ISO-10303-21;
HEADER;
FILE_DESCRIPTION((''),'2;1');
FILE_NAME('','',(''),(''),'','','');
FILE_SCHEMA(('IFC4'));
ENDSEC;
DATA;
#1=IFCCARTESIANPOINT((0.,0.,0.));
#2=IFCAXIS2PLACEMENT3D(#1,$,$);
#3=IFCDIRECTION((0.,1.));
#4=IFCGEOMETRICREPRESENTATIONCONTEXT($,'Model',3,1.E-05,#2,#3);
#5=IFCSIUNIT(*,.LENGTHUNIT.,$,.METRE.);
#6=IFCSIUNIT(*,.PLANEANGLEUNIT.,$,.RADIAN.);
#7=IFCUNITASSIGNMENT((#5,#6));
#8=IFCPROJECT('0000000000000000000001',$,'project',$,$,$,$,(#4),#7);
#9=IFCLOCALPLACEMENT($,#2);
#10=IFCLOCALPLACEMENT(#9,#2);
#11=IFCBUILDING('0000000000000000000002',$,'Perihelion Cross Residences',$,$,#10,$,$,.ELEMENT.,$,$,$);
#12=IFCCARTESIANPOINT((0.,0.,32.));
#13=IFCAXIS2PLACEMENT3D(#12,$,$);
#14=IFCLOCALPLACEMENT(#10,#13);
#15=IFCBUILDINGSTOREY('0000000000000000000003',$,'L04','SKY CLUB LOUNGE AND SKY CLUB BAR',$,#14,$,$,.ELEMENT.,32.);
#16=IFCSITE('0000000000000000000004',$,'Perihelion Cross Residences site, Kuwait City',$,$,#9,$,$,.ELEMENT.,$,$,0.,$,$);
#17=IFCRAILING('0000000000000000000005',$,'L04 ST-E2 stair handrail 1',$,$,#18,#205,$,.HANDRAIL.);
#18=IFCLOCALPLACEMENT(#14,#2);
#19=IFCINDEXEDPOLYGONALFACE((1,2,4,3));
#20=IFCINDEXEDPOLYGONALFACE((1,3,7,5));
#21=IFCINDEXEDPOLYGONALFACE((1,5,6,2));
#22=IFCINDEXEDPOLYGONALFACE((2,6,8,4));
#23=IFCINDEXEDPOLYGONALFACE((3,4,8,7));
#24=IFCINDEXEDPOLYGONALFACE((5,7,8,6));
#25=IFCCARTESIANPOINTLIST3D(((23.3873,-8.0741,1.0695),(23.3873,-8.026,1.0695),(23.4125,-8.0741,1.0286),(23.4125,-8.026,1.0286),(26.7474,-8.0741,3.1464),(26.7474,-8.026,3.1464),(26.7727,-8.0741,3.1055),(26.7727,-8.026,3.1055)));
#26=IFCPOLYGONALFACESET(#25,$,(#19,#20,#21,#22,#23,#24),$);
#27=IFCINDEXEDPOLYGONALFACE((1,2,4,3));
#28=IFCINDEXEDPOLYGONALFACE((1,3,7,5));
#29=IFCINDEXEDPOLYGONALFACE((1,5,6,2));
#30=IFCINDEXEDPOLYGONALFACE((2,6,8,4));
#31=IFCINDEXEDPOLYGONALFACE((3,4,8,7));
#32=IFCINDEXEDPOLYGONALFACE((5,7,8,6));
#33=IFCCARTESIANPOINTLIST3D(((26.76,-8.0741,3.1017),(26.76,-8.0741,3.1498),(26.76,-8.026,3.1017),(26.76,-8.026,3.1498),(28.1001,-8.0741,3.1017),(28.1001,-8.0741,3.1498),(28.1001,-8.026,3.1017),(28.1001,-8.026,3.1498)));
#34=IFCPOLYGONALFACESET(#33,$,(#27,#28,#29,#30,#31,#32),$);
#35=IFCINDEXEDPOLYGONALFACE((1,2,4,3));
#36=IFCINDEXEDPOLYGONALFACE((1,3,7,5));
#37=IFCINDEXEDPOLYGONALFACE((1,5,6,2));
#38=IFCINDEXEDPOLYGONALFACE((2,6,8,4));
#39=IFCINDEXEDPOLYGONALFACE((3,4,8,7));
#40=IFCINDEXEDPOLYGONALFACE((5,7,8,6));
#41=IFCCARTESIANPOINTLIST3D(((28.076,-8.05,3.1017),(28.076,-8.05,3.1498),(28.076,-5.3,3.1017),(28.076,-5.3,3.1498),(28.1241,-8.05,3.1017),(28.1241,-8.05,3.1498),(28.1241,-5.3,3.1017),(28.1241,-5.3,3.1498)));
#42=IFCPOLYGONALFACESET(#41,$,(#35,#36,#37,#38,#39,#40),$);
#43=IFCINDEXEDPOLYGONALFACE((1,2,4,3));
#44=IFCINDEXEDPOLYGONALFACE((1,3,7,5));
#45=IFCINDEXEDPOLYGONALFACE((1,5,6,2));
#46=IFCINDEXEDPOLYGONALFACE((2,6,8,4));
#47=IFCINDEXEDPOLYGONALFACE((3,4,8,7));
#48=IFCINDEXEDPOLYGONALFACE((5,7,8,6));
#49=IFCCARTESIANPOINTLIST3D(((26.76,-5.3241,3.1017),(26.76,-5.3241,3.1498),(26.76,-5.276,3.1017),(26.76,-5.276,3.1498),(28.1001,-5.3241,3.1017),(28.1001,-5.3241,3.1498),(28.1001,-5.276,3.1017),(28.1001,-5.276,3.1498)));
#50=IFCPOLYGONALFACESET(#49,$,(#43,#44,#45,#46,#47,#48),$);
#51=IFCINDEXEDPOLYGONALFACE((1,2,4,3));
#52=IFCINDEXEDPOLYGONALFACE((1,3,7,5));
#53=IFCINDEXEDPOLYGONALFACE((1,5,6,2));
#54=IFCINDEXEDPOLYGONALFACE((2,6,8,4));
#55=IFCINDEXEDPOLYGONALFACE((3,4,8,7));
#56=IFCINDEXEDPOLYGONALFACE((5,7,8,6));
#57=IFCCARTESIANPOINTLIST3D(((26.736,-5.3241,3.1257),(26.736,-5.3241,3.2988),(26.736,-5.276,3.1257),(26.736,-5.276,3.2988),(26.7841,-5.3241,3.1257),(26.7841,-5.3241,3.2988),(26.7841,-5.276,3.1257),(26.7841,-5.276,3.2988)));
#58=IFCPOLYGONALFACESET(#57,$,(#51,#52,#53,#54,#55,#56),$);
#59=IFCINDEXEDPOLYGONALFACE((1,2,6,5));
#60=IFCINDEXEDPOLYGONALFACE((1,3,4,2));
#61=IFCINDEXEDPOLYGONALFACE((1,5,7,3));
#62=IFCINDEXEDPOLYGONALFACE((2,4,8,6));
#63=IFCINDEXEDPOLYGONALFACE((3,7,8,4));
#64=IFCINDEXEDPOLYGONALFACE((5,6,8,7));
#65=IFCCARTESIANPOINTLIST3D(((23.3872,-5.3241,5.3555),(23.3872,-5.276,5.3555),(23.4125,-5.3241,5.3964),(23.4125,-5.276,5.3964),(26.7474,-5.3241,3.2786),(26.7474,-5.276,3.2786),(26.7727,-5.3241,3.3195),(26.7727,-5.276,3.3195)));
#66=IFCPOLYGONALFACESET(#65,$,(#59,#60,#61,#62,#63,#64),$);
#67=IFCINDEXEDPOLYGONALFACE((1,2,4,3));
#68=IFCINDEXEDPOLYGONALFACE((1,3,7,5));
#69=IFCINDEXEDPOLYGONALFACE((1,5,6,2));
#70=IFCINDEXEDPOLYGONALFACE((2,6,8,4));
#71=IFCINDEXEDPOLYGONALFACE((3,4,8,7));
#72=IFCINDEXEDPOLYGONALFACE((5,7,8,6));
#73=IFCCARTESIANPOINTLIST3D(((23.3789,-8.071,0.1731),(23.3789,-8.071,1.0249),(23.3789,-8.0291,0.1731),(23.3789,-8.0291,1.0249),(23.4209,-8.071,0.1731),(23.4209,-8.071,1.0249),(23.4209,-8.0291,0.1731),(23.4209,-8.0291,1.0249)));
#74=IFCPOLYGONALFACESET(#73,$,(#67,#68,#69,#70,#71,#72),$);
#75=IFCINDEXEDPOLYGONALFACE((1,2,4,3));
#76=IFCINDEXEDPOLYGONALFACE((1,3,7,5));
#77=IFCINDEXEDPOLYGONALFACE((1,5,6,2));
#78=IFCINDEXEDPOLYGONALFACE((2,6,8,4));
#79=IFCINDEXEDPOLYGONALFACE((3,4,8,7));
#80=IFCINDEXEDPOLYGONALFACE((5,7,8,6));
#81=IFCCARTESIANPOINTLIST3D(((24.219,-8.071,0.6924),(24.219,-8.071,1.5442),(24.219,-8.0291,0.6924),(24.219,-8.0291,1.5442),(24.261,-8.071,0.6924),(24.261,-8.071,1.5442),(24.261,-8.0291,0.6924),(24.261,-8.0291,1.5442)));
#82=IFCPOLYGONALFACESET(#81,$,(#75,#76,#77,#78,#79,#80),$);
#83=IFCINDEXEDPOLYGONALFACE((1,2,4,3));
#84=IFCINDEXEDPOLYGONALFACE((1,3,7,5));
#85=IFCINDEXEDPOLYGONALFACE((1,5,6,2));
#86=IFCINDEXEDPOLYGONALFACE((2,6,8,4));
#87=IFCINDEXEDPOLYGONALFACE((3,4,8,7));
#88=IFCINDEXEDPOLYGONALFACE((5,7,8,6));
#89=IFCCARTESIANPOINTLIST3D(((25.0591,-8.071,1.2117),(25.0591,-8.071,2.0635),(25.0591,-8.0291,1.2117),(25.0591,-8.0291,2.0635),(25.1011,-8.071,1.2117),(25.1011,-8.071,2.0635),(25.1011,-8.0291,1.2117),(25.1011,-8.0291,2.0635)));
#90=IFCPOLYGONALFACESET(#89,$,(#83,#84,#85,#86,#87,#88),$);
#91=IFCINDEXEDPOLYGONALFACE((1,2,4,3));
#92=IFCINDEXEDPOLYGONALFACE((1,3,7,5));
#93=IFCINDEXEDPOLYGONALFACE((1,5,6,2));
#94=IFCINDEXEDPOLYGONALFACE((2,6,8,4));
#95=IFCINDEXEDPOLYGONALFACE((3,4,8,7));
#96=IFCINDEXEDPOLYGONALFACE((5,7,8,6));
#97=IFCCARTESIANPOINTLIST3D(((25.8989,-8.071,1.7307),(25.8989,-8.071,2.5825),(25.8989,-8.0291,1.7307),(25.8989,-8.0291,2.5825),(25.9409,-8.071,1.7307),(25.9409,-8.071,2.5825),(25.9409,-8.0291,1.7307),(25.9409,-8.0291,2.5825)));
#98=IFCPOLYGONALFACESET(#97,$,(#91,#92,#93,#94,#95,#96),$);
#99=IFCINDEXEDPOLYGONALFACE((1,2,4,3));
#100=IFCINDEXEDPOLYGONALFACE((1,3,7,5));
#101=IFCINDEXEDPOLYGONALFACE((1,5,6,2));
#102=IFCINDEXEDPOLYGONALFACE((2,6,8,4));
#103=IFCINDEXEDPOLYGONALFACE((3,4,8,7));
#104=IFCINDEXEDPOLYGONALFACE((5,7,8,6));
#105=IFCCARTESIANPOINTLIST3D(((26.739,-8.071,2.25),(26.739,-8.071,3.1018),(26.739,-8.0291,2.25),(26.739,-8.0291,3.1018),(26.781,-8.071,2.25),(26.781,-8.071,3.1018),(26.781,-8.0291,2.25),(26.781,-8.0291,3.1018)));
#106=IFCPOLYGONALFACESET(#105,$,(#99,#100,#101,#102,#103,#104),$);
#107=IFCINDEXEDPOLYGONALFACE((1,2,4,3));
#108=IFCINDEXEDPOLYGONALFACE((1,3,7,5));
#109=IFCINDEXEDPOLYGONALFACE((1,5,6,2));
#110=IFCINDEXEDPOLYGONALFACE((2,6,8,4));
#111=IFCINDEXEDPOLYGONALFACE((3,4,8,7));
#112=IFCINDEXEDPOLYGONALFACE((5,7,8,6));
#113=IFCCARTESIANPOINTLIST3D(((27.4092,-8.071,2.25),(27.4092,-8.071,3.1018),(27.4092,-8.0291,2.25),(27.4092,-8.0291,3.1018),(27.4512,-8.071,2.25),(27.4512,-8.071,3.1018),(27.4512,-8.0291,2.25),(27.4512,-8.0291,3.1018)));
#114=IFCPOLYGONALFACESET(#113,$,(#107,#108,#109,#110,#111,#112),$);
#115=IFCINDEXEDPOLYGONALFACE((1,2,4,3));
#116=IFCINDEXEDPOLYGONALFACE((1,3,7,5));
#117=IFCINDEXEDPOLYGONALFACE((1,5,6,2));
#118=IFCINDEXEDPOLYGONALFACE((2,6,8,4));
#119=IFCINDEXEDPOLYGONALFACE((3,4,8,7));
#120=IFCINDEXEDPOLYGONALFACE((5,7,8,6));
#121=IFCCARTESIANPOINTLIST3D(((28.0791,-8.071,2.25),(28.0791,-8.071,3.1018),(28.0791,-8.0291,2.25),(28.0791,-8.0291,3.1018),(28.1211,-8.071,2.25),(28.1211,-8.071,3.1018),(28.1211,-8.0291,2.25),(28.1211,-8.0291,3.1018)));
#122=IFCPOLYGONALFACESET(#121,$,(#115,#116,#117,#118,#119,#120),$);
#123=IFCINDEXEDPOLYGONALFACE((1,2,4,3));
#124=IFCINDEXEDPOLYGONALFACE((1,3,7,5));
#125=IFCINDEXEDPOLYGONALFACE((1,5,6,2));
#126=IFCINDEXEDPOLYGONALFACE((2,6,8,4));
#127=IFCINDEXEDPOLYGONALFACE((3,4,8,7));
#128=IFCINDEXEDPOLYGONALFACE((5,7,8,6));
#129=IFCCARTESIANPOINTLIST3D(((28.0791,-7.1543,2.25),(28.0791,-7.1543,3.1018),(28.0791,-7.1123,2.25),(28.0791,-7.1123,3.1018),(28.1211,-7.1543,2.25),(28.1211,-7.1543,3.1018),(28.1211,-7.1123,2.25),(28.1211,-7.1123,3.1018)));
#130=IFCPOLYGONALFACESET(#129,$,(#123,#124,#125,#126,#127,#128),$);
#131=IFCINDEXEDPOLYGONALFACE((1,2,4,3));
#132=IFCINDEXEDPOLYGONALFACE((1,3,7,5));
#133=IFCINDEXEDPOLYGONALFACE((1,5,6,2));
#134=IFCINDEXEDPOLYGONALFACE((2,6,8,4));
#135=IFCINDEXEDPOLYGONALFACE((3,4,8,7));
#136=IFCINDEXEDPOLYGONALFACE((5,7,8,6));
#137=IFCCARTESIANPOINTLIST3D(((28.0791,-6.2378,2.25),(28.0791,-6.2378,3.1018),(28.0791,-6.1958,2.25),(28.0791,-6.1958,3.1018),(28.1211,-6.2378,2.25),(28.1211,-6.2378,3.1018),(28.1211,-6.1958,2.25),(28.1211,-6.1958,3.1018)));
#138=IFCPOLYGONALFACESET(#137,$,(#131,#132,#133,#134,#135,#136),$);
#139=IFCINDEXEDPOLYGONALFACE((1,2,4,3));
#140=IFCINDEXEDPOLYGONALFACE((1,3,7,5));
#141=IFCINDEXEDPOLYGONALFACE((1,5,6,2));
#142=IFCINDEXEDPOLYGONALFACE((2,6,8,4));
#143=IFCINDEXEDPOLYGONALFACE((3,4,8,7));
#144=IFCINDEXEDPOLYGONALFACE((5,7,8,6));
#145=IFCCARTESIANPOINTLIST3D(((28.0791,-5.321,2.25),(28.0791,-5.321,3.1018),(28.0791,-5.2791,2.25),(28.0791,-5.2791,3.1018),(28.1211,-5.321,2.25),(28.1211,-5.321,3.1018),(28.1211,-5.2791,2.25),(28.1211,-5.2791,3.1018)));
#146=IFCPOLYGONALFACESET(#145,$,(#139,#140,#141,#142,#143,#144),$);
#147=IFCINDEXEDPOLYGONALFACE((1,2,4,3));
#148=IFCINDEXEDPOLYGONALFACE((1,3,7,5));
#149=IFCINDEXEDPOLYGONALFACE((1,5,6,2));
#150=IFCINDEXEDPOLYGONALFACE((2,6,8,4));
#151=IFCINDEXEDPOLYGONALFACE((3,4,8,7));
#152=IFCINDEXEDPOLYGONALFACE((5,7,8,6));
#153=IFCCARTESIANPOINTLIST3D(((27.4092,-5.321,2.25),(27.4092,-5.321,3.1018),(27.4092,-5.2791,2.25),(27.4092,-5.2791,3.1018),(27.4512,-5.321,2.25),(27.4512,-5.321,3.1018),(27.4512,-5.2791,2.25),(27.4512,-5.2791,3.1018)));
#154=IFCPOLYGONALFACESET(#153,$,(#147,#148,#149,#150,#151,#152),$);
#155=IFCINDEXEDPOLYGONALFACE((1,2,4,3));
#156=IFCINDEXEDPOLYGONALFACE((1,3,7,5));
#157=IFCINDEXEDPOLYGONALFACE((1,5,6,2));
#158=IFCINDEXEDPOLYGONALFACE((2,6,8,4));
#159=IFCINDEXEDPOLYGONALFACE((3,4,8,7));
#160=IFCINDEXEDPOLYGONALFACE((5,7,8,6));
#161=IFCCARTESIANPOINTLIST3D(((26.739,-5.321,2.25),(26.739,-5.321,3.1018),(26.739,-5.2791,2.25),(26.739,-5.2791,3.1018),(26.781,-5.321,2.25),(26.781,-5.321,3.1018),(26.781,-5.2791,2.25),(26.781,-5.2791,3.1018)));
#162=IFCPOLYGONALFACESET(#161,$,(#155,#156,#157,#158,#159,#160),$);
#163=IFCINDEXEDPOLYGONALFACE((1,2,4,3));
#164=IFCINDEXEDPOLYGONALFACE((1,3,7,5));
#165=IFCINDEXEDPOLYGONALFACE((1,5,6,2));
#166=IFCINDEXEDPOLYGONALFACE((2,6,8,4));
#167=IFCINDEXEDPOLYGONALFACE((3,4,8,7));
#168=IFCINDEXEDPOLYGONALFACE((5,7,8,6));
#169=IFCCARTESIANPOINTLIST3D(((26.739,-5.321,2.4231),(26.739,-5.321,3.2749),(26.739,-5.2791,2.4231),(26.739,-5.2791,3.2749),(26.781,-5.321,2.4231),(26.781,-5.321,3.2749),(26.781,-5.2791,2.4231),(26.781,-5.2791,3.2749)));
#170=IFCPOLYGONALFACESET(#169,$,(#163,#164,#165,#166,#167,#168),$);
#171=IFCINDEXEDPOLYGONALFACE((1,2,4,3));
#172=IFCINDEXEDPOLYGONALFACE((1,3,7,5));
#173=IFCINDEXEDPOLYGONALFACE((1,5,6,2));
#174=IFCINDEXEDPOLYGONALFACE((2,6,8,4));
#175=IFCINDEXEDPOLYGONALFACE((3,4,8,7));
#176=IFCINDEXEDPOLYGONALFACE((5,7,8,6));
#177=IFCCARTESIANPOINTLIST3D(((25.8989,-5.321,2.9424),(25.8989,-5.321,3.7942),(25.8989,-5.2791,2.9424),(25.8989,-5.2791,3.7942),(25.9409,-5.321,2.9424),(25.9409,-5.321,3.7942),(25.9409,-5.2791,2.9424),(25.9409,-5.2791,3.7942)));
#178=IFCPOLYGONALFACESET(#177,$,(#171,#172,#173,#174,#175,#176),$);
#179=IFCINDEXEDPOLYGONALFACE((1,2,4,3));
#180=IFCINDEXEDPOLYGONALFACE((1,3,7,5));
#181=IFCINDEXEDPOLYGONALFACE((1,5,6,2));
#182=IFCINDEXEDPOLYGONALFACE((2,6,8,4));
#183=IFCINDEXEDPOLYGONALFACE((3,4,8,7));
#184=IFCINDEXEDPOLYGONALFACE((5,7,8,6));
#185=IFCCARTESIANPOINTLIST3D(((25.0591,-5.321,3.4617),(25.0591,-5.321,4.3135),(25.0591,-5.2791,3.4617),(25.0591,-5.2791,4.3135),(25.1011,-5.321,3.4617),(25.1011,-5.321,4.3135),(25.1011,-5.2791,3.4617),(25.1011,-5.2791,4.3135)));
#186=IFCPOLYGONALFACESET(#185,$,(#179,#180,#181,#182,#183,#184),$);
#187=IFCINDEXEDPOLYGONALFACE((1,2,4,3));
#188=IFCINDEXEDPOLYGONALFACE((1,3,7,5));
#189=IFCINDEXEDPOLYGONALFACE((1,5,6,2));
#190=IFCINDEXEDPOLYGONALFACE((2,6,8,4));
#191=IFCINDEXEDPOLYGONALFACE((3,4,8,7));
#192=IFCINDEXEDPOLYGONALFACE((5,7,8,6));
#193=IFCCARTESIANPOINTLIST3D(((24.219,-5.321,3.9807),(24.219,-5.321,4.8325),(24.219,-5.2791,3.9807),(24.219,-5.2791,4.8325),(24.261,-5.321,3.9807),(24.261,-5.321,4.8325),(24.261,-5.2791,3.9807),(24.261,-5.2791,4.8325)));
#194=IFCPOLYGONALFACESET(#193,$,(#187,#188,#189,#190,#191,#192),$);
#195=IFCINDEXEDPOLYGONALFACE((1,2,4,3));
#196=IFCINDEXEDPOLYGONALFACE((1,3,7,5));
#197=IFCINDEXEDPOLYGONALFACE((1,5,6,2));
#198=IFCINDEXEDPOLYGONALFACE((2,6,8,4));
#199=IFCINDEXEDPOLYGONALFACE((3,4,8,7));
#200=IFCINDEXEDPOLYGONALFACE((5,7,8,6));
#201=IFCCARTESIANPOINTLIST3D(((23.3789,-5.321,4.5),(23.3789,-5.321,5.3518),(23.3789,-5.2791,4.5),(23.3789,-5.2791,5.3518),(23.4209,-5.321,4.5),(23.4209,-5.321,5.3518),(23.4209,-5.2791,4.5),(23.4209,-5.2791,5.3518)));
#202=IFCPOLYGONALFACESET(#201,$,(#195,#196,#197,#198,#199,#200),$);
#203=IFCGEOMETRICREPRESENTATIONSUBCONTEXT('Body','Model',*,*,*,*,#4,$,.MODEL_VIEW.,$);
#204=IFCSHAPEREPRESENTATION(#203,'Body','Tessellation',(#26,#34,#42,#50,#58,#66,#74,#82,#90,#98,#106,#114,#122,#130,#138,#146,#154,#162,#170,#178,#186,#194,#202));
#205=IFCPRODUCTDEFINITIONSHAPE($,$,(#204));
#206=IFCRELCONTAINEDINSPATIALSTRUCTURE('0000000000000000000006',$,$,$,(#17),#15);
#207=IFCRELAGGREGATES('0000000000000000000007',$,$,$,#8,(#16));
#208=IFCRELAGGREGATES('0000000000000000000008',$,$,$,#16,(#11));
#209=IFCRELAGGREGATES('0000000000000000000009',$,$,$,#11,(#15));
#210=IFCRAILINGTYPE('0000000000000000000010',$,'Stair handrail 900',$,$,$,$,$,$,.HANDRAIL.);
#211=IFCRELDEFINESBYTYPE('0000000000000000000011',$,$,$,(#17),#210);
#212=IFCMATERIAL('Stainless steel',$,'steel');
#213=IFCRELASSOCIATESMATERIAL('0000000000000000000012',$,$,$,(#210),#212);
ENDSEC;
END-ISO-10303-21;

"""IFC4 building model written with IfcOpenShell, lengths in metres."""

from ifc_helpers import new_model, si_unit, direction, frame, origin, origin_2d, place, context, subcontext, project, spatial, rectangle, extrude, material, type_object, element, save


model = new_model("IFC4")

# Units and contexts
model_context = context("Model", 3, precision=1e-05, world=origin(), true_north=direction((0.0, 1.0)))
body_context = subcontext(model_context, "Body", "Model", "MODEL_VIEW")
ifc_project = project(units=[si_unit("LENGTHUNIT", "METRE"), si_unit("PLANEANGLEUNIT", "RADIAN")], contexts=[model_context])

# Site, building, storey
site_placement = place(None, origin())
site = spatial("IfcSite", under=ifc_project, at=site_placement, Name="Perihelion Cross Residences site, Kuwait City", CompositionType="ELEMENT", RefElevation=0.0)
building_placement = place(site_placement, origin())
building = spatial("IfcBuilding", under=site, at=building_placement, Name="Perihelion Cross Residences", CompositionType="ELEMENT")
storey_placement = place(building_placement, frame((0.0, 0.0, 32.0)))
storey = spatial("IfcBuildingStorey", under=building, at=storey_placement, Name="L04", Description="SKY CLUB LOUNGE AND SKY CLUB BAR", CompositionType="ELEMENT", Elevation=32.0)

# Railing
ifc_material_1 = material(Name="Stainless steel", Category="steel")
railing_type_1 = type_object("IfcRailingType", Name="Stair handrail 900", PredefinedType="HANDRAIL", material=ifc_material_1)
railing_1_placement = place(storey_placement, frame((23.3999, -8.05, 0.1731)))
element("IfcRailing", 1, at=railing_1_placement, inside=storey, type_object=railing_type_1, Name="L04 ST-E2 stair handrail 1", PredefinedType="HANDRAIL", context=body_context, shape_type="SweptSolid", body=[
    extrude(rectangle(XDim=0.0481, YDim=0.0481, at=origin_2d()), frame((0.0, 0.0, 0.876), z_axis=(0.850623, 0.0, 0.525776), x_axis=(0.0, 1.0, 0.0)), (0.0, 0.0, 1.0), 3.9502),
    extrude(rectangle(XDim=0.0481, YDim=0.0481, at=origin_2d()), frame((3.3601, 0.0, 2.9526), z_axis=(1.0, 0.0, 0.0), x_axis=(0.0, 1.0, 0.0)), (0.0, 0.0, 1.0), 1.3401),
    extrude(rectangle(XDim=0.0481, YDim=0.0481, at=origin_2d()), frame((4.7002, 0.0, 2.9526), z_axis=(0.0, 1.0, 0.0), x_axis=(-1.0, 0.0, 0.0)), (0.0, 0.0, 1.0), 2.75),
    extrude(rectangle(XDim=0.0481, YDim=0.0481, at=origin_2d()), frame((4.7002, 2.75, 2.9526), z_axis=(-1.0, 0.0, 0.0), x_axis=(0.0, -1.0, 0.0)), (0.0, 0.0, 1.0), 1.3401),
    extrude(rectangle(XDim=0.0481, YDim=0.0481, at=origin_2d()), frame((3.3601, 2.75, 2.9526), z_axis=(0.0, 0.0, 1.0), x_axis=(1.0, 0.0, 0.0)), (0.0, 0.0, 1.0), 0.1731),
    extrude(rectangle(XDim=0.0481, YDim=0.0481, at=origin_2d()), frame((3.3601, 2.75, 3.126), z_axis=(-0.850623, 0.0, 0.525776), x_axis=(0.0, -1.0, 0.0)), (0.0, 0.0, 1.0), 3.9502),
    extrude(rectangle(XDim=0.042, YDim=0.042, at=origin_2d()), origin(), (0.0, 0.0, 1.0), 0.8518),
    extrude(rectangle(XDim=0.042, YDim=0.042, at=origin_2d()), frame((0.8401, 0.0, 0.5193)), (0.0, 0.0, 1.0), 0.8518),
    extrude(rectangle(XDim=0.042, YDim=0.042, at=origin_2d()), frame((1.6802, 0.0, 1.0386)), (0.0, 0.0, 1.0), 0.8518),
    extrude(rectangle(XDim=0.042, YDim=0.042, at=origin_2d()), frame((2.52, 0.0, 1.5576)), (0.0, 0.0, 1.0), 0.8518),
    extrude(rectangle(XDim=0.042, YDim=0.042, at=origin_2d()), frame((3.3601, 0.0, 2.0769)), (0.0, 0.0, 1.0), 0.8518),
    extrude(rectangle(XDim=0.042, YDim=0.042, at=origin_2d()), frame((4.0303, 0.0, 2.0769)), (0.0, 0.0, 1.0), 0.8518),
    extrude(rectangle(XDim=0.042, YDim=0.042, at=origin_2d()), frame((4.7002, 0.0, 2.0769)), (0.0, 0.0, 1.0), 0.8518),
    extrude(rectangle(XDim=0.042, YDim=0.042, at=origin_2d()), frame((4.7002, 0.9167, 2.0769)), (0.0, 0.0, 1.0), 0.8518),
    extrude(rectangle(XDim=0.042, YDim=0.042, at=origin_2d()), frame((4.7002, 1.8333, 2.0769)), (0.0, 0.0, 1.0), 0.8518),
    extrude(rectangle(XDim=0.042, YDim=0.042, at=origin_2d()), frame((4.7002, 2.75, 2.0769)), (0.0, 0.0, 1.0), 0.8518),
    extrude(rectangle(XDim=0.042, YDim=0.042, at=origin_2d()), frame((4.0303, 2.75, 2.0769)), (0.0, 0.0, 1.0), 0.8518),
    extrude(rectangle(XDim=0.042, YDim=0.042, at=origin_2d()), frame((3.3601, 2.75, 2.0769)), (0.0, 0.0, 1.0), 0.8518),
    extrude(rectangle(XDim=0.042, YDim=0.042, at=origin_2d()), frame((3.3601, 2.75, 2.25)), (0.0, 0.0, 1.0), 0.8518),
    extrude(rectangle(XDim=0.042, YDim=0.042, at=origin_2d()), frame((2.52, 2.75, 2.7693)), (0.0, 0.0, 1.0), 0.8518),
    extrude(rectangle(XDim=0.042, YDim=0.042, at=origin_2d()), frame((1.6802, 2.75, 3.2886)), (0.0, 0.0, 1.0), 0.8518),
    extrude(rectangle(XDim=0.042, YDim=0.042, at=origin_2d()), frame((0.8401, 2.75, 3.8076)), (0.0, 0.0, 1.0), 0.8518),
    extrude(rectangle(XDim=0.042, YDim=0.042, at=origin_2d()), frame((0.0, 2.75, 4.3269)), (0.0, 0.0, 1.0), 0.8518),
])

save(model, "model.ifc")
